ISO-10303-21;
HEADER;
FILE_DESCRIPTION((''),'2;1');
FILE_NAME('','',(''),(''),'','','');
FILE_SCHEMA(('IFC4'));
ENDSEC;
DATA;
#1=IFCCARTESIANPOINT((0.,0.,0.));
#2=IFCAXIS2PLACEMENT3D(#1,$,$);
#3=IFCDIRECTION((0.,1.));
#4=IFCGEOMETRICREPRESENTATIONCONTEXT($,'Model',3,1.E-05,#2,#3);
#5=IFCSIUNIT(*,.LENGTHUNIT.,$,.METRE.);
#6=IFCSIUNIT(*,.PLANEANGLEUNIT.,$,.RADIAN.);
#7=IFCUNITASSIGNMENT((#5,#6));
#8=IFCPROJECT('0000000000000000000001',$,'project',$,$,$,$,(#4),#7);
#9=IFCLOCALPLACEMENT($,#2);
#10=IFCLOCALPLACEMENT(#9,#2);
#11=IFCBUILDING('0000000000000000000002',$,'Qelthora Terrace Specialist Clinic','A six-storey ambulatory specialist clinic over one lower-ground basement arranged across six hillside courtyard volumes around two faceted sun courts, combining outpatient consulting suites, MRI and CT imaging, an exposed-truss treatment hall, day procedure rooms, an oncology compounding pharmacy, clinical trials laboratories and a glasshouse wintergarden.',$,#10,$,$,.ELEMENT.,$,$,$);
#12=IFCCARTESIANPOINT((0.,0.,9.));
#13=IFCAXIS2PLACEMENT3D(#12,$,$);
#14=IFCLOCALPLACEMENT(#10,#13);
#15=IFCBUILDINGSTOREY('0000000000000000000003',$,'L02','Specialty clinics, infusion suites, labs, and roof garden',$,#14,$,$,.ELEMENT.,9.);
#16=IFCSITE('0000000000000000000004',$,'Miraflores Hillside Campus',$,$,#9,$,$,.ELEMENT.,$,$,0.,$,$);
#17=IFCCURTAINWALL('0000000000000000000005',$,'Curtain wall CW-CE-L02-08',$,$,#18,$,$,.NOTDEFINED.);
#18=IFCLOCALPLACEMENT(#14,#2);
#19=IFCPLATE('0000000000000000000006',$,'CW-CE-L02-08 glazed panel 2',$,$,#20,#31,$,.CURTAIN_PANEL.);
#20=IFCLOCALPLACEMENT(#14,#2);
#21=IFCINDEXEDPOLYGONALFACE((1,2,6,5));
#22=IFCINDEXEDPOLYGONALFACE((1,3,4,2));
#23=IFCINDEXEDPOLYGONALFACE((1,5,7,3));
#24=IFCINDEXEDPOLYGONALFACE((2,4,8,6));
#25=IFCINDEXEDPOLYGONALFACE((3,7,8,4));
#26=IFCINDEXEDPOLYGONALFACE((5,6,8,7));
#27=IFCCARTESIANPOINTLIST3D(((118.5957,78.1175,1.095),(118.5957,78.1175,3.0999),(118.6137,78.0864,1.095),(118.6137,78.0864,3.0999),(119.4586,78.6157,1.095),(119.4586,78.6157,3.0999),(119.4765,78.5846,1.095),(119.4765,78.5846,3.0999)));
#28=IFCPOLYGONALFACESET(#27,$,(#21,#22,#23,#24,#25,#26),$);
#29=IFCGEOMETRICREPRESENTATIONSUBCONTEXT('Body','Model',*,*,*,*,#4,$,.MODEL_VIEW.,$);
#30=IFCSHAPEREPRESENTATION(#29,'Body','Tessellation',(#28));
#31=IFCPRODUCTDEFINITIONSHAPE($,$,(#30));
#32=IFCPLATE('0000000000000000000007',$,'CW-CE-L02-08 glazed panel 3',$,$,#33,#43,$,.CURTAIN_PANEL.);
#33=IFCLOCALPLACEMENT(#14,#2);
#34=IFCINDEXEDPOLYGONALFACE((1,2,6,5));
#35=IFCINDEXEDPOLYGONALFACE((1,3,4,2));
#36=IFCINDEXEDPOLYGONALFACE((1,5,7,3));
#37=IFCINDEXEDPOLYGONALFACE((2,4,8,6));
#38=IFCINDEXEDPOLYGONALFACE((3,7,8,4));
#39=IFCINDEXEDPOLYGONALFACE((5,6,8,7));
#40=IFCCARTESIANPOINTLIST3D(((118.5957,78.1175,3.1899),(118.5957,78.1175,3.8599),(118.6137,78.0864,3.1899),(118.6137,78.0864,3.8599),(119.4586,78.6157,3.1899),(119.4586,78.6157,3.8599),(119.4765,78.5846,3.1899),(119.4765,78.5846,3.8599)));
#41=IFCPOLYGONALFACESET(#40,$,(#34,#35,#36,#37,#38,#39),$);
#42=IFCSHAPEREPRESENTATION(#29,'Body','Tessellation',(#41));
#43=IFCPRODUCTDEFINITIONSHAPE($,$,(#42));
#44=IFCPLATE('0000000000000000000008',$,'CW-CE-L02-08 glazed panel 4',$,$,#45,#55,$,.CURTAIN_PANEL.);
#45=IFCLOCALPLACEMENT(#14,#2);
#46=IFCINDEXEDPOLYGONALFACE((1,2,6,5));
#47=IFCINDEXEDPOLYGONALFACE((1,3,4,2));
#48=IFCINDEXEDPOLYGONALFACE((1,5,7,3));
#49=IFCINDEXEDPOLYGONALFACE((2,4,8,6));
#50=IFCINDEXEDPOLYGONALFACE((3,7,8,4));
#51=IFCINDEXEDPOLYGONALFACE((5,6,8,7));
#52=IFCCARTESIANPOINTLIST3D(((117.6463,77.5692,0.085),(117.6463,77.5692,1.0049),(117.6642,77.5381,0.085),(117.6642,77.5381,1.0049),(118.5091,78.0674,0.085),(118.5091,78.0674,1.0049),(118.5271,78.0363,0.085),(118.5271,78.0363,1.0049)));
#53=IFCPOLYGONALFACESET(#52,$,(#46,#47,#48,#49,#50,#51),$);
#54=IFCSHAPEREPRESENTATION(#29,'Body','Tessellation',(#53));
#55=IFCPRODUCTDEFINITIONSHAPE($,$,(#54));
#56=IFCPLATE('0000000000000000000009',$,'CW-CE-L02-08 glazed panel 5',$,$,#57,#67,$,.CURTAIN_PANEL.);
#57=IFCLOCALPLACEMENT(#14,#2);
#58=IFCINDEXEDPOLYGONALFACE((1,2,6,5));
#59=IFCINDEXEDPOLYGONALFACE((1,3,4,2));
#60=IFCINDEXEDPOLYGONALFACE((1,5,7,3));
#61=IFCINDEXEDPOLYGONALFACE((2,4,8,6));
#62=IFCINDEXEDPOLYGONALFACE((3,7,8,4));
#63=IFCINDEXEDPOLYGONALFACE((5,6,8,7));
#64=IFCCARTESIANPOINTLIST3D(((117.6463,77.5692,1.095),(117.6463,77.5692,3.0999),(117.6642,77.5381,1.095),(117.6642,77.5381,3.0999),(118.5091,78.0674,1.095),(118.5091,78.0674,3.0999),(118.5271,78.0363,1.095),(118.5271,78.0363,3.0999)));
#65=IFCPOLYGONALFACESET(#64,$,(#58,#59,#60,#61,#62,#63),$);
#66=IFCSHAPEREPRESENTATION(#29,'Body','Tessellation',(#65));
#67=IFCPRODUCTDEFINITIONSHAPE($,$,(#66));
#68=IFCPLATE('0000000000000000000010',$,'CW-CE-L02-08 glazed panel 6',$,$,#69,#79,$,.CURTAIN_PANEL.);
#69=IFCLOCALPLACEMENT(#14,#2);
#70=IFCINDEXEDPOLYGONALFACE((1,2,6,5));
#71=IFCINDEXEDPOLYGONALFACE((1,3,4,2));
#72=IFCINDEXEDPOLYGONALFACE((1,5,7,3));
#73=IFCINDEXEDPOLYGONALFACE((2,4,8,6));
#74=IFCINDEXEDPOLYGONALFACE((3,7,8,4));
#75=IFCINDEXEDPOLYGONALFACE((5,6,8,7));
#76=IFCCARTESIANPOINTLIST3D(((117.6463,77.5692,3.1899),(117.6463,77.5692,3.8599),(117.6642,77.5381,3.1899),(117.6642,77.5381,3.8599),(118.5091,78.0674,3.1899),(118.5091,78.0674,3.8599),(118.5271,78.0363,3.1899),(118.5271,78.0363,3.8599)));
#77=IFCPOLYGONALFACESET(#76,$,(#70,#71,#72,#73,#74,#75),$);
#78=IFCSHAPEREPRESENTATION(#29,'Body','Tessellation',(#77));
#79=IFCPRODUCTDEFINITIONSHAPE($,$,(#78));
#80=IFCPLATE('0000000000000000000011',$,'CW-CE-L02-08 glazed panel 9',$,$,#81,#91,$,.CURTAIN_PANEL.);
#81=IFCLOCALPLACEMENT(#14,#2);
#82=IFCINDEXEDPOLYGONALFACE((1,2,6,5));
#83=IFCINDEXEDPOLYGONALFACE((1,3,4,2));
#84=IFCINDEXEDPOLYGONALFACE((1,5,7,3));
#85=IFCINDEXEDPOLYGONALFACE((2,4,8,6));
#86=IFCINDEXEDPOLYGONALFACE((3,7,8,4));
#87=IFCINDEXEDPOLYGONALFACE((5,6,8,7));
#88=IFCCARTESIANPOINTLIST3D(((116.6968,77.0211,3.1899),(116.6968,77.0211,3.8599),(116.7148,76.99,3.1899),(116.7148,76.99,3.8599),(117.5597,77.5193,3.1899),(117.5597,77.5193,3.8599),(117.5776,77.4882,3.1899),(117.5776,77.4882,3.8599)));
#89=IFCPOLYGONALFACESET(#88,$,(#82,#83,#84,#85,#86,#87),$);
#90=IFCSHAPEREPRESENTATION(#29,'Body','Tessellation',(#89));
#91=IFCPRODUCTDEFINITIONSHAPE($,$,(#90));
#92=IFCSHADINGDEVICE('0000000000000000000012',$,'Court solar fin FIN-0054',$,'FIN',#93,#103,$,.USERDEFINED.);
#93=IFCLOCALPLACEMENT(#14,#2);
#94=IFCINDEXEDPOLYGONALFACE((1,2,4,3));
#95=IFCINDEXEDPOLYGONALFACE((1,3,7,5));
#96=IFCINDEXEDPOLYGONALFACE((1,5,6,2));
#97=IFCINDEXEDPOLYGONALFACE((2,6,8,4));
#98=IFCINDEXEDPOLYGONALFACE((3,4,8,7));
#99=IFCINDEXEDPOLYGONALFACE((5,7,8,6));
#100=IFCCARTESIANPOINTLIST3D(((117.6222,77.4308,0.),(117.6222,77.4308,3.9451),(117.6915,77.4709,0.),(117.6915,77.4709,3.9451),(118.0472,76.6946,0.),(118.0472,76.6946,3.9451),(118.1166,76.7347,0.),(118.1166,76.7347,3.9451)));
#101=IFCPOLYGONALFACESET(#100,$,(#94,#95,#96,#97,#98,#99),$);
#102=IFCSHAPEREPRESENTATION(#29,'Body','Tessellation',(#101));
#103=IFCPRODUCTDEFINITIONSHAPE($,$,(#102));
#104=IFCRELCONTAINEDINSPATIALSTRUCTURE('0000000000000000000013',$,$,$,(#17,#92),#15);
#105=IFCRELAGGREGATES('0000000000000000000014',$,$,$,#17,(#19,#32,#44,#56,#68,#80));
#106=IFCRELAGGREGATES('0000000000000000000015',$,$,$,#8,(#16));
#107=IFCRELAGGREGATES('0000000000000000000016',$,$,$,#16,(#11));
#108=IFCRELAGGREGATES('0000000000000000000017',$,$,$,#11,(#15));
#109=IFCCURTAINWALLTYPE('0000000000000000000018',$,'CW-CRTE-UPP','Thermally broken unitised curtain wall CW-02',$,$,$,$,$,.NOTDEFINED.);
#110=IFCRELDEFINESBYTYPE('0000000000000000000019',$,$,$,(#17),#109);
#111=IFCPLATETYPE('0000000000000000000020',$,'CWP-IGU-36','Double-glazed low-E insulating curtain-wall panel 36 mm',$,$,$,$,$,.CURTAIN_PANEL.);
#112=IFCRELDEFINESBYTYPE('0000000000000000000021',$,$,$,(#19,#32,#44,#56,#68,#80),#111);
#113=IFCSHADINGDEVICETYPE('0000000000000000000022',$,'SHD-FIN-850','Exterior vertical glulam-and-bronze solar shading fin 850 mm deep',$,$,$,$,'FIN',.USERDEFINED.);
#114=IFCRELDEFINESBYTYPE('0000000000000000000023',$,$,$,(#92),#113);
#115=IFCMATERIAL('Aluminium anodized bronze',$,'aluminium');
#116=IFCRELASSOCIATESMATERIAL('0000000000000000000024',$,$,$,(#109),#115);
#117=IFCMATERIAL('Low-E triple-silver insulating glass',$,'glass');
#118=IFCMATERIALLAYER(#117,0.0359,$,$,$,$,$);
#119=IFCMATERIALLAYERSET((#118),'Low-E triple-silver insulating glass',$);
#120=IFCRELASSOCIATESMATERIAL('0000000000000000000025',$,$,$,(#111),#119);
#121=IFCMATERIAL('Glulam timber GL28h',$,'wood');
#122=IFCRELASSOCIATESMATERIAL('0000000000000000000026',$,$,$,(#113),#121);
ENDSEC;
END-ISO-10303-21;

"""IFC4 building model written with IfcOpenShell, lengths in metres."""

from ifc_helpers import new_model, si_unit, direction, frame, origin, origin_2d, place, context, subcontext, project, spatial, rectangle, extrude, material, layer, layer_set, type_object, element, aggregate, save


model = new_model("IFC4")

# Units and contexts
model_context = context("Model", 3, precision=1e-05, world=origin(), true_north=direction((0.0, 1.0)))
body_context = subcontext(model_context, "Body", "Model", "MODEL_VIEW")
ifc_project = project(units=[si_unit("LENGTHUNIT", "METRE"), si_unit("PLANEANGLEUNIT", "RADIAN")], contexts=[model_context])

# Site, building, storey
site_placement = place(None, origin())
site = spatial("IfcSite", under=ifc_project, at=site_placement, Name="Miraflores Hillside Campus", CompositionType="ELEMENT", RefElevation=0.0)
building_placement = place(site_placement, origin())
building = spatial("IfcBuilding", under=site, at=building_placement, Name="Qelthora Terrace Specialist Clinic", Description="A six-storey ambulatory specialist clinic over one lower-ground basement arranged across six hillside courtyard volumes around two faceted sun courts, combining outpatient consulting suites, MRI and CT imaging, an exposed-truss treatment hall, day procedure rooms, an oncology compounding pharmacy, clinical trials laboratories and a glasshouse wintergarden.", CompositionType="ELEMENT")
storey_placement = place(building_placement, frame((0.0, 0.0, 9.0)))
storey = spatial("IfcBuildingStorey", under=building, at=storey_placement, Name="L02", Description="Specialty clinics, infusion suites, labs, and roof garden", CompositionType="ELEMENT", Elevation=9.0)

# Shared definitions
ifc_material_1 = material(Name="Aluminium anodized bronze", Category="aluminium")
curtain_wall_type = type_object("IfcCurtainWallType", Name="CW-CRTE-UPP", Description="Thermally broken unitised curtain wall CW-02", PredefinedType="NOTDEFINED", material=ifc_material_1)

# Curtain wall
curtain_wall_1_placement = place(storey_placement, origin())
curtain_wall_1 = element("IfcCurtainWall", 1, at=curtain_wall_1_placement, inside=storey, type_object=curtain_wall_type, Name="Curtain wall CW-CE-L02-08", PredefinedType="NOTDEFINED")

# Plates
ifc_material_2 = material(Name="Low-E triple-silver insulating glass", Category="glass")
ifc_layer = layer(ifc_material_2, 0.0359)
ifc_layer_set = layer_set([ifc_layer], Name="Low-E triple-silver insulating glass")
plate_type = type_object("IfcPlateType", Name="CWP-IGU-36", Description="Double-glazed low-E insulating curtain-wall panel 36 mm", PredefinedType="CURTAIN_PANEL", material=ifc_layer_set)
plate_1_placement = place(storey_placement, frame((119.0361, 78.3511, 1.095), z_axis=(0.0, 0.0, 1.0), x_axis=(-0.866025, -0.5, 0.0)))
plate_1 = element("IfcPlate", 2, at=plate_1_placement, type_object=plate_type, Name="CW-CE-L02-08 glazed panel 2", PredefinedType="CURTAIN_PANEL", context=body_context, shape_type="SweptSolid", body=[
    extrude(rectangle(XDim=0.9963, YDim=0.0359, at=origin_2d()), origin(), (0.0, 0.0, 1.0), 2.0049),
])
plate_2_placement = place(storey_placement, frame((119.0361, 78.3511, 3.1899), z_axis=(0.0, 0.0, 1.0), x_axis=(-0.866025, -0.5, 0.0)))
plate_2 = element("IfcPlate", 3, at=plate_2_placement, type_object=plate_type, Name="CW-CE-L02-08 glazed panel 3", PredefinedType="CURTAIN_PANEL", context=body_context, shape_type="SweptSolid", body=[
    extrude(rectangle(XDim=0.9963, YDim=0.0359, at=origin_2d()), origin(), (0.0, 0.0, 1.0), 0.6699),
])
plate_3_placement = place(storey_placement, frame((118.0867, 77.8027, 0.085), z_axis=(0.0, 0.0, 1.0), x_axis=(-0.866025, -0.5, 0.0)))
plate_3 = element("IfcPlate", 4, at=plate_3_placement, type_object=plate_type, Name="CW-CE-L02-08 glazed panel 4", PredefinedType="CURTAIN_PANEL", context=body_context, shape_type="SweptSolid", body=[
    extrude(rectangle(XDim=0.9963, YDim=0.0359, at=origin_2d()), origin(), (0.0, 0.0, 1.0), 0.9199),
])
plate_4_placement = place(storey_placement, frame((118.0867, 77.8027, 1.095), z_axis=(0.0, 0.0, 1.0), x_axis=(-0.866025, -0.5, 0.0)))
plate_4 = element("IfcPlate", 5, at=plate_4_placement, type_object=plate_type, Name="CW-CE-L02-08 glazed panel 5", PredefinedType="CURTAIN_PANEL", context=body_context, shape_type="SweptSolid", body=[
    extrude(rectangle(XDim=0.9963, YDim=0.0359, at=origin_2d()), origin(), (0.0, 0.0, 1.0), 2.0049),
])
plate_5_placement = place(storey_placement, frame((118.0867, 77.8027, 3.1899), z_axis=(0.0, 0.0, 1.0), x_axis=(-0.866025, -0.5, 0.0)))
plate_5 = element("IfcPlate", 6, at=plate_5_placement, type_object=plate_type, Name="CW-CE-L02-08 glazed panel 6", PredefinedType="CURTAIN_PANEL", context=body_context, shape_type="SweptSolid", body=[
    extrude(rectangle(XDim=0.9963, YDim=0.0359, at=origin_2d()), origin(), (0.0, 0.0, 1.0), 0.6699),
])
plate_6_placement = place(storey_placement, frame((117.1372, 77.2546, 3.1899), z_axis=(0.0, 0.0, 1.0), x_axis=(-0.866025, -0.5, 0.0)))
plate_6 = element("IfcPlate", 7, at=plate_6_placement, type_object=plate_type, Name="CW-CE-L02-08 glazed panel 9", PredefinedType="CURTAIN_PANEL", context=body_context, shape_type="SweptSolid", body=[
    extrude(rectangle(XDim=0.9963, YDim=0.0359, at=origin_2d()), origin(), (0.0, 0.0, 1.0), 0.6699),
])
aggregate(curtain_wall_1, [plate_1, plate_2, plate_3, plate_4, plate_5, plate_6])

# Shading device
ifc_material_3 = material(Name="Glulam timber GL28h", Category="wood")
shading_device_type = type_object("IfcShadingDeviceType", Name="SHD-FIN-850", Description="Exterior vertical glulam-and-bronze solar shading fin 850 mm deep", ElementType="FIN", PredefinedType="USERDEFINED", material=ifc_material_3)
shading_device_placement = place(storey_placement, frame((117.8694, 77.0828, 0.0), z_axis=(0.0, 0.0, 1.0), x_axis=(0.5, -0.866025, 0.0)))
element("IfcShadingDevice", 8, at=shading_device_placement, inside=storey, type_object=shading_device_type, Name="Court solar fin FIN-0054", ObjectType="FIN", PredefinedType="USERDEFINED", context=body_context, shape_type="SweptSolid", body=[
    extrude(rectangle(XDim=0.8501, YDim=0.0801, at=origin_2d()), origin(), (0.0, 0.0, 1.0), 3.9451),
])

save(model, "model.ifc")
